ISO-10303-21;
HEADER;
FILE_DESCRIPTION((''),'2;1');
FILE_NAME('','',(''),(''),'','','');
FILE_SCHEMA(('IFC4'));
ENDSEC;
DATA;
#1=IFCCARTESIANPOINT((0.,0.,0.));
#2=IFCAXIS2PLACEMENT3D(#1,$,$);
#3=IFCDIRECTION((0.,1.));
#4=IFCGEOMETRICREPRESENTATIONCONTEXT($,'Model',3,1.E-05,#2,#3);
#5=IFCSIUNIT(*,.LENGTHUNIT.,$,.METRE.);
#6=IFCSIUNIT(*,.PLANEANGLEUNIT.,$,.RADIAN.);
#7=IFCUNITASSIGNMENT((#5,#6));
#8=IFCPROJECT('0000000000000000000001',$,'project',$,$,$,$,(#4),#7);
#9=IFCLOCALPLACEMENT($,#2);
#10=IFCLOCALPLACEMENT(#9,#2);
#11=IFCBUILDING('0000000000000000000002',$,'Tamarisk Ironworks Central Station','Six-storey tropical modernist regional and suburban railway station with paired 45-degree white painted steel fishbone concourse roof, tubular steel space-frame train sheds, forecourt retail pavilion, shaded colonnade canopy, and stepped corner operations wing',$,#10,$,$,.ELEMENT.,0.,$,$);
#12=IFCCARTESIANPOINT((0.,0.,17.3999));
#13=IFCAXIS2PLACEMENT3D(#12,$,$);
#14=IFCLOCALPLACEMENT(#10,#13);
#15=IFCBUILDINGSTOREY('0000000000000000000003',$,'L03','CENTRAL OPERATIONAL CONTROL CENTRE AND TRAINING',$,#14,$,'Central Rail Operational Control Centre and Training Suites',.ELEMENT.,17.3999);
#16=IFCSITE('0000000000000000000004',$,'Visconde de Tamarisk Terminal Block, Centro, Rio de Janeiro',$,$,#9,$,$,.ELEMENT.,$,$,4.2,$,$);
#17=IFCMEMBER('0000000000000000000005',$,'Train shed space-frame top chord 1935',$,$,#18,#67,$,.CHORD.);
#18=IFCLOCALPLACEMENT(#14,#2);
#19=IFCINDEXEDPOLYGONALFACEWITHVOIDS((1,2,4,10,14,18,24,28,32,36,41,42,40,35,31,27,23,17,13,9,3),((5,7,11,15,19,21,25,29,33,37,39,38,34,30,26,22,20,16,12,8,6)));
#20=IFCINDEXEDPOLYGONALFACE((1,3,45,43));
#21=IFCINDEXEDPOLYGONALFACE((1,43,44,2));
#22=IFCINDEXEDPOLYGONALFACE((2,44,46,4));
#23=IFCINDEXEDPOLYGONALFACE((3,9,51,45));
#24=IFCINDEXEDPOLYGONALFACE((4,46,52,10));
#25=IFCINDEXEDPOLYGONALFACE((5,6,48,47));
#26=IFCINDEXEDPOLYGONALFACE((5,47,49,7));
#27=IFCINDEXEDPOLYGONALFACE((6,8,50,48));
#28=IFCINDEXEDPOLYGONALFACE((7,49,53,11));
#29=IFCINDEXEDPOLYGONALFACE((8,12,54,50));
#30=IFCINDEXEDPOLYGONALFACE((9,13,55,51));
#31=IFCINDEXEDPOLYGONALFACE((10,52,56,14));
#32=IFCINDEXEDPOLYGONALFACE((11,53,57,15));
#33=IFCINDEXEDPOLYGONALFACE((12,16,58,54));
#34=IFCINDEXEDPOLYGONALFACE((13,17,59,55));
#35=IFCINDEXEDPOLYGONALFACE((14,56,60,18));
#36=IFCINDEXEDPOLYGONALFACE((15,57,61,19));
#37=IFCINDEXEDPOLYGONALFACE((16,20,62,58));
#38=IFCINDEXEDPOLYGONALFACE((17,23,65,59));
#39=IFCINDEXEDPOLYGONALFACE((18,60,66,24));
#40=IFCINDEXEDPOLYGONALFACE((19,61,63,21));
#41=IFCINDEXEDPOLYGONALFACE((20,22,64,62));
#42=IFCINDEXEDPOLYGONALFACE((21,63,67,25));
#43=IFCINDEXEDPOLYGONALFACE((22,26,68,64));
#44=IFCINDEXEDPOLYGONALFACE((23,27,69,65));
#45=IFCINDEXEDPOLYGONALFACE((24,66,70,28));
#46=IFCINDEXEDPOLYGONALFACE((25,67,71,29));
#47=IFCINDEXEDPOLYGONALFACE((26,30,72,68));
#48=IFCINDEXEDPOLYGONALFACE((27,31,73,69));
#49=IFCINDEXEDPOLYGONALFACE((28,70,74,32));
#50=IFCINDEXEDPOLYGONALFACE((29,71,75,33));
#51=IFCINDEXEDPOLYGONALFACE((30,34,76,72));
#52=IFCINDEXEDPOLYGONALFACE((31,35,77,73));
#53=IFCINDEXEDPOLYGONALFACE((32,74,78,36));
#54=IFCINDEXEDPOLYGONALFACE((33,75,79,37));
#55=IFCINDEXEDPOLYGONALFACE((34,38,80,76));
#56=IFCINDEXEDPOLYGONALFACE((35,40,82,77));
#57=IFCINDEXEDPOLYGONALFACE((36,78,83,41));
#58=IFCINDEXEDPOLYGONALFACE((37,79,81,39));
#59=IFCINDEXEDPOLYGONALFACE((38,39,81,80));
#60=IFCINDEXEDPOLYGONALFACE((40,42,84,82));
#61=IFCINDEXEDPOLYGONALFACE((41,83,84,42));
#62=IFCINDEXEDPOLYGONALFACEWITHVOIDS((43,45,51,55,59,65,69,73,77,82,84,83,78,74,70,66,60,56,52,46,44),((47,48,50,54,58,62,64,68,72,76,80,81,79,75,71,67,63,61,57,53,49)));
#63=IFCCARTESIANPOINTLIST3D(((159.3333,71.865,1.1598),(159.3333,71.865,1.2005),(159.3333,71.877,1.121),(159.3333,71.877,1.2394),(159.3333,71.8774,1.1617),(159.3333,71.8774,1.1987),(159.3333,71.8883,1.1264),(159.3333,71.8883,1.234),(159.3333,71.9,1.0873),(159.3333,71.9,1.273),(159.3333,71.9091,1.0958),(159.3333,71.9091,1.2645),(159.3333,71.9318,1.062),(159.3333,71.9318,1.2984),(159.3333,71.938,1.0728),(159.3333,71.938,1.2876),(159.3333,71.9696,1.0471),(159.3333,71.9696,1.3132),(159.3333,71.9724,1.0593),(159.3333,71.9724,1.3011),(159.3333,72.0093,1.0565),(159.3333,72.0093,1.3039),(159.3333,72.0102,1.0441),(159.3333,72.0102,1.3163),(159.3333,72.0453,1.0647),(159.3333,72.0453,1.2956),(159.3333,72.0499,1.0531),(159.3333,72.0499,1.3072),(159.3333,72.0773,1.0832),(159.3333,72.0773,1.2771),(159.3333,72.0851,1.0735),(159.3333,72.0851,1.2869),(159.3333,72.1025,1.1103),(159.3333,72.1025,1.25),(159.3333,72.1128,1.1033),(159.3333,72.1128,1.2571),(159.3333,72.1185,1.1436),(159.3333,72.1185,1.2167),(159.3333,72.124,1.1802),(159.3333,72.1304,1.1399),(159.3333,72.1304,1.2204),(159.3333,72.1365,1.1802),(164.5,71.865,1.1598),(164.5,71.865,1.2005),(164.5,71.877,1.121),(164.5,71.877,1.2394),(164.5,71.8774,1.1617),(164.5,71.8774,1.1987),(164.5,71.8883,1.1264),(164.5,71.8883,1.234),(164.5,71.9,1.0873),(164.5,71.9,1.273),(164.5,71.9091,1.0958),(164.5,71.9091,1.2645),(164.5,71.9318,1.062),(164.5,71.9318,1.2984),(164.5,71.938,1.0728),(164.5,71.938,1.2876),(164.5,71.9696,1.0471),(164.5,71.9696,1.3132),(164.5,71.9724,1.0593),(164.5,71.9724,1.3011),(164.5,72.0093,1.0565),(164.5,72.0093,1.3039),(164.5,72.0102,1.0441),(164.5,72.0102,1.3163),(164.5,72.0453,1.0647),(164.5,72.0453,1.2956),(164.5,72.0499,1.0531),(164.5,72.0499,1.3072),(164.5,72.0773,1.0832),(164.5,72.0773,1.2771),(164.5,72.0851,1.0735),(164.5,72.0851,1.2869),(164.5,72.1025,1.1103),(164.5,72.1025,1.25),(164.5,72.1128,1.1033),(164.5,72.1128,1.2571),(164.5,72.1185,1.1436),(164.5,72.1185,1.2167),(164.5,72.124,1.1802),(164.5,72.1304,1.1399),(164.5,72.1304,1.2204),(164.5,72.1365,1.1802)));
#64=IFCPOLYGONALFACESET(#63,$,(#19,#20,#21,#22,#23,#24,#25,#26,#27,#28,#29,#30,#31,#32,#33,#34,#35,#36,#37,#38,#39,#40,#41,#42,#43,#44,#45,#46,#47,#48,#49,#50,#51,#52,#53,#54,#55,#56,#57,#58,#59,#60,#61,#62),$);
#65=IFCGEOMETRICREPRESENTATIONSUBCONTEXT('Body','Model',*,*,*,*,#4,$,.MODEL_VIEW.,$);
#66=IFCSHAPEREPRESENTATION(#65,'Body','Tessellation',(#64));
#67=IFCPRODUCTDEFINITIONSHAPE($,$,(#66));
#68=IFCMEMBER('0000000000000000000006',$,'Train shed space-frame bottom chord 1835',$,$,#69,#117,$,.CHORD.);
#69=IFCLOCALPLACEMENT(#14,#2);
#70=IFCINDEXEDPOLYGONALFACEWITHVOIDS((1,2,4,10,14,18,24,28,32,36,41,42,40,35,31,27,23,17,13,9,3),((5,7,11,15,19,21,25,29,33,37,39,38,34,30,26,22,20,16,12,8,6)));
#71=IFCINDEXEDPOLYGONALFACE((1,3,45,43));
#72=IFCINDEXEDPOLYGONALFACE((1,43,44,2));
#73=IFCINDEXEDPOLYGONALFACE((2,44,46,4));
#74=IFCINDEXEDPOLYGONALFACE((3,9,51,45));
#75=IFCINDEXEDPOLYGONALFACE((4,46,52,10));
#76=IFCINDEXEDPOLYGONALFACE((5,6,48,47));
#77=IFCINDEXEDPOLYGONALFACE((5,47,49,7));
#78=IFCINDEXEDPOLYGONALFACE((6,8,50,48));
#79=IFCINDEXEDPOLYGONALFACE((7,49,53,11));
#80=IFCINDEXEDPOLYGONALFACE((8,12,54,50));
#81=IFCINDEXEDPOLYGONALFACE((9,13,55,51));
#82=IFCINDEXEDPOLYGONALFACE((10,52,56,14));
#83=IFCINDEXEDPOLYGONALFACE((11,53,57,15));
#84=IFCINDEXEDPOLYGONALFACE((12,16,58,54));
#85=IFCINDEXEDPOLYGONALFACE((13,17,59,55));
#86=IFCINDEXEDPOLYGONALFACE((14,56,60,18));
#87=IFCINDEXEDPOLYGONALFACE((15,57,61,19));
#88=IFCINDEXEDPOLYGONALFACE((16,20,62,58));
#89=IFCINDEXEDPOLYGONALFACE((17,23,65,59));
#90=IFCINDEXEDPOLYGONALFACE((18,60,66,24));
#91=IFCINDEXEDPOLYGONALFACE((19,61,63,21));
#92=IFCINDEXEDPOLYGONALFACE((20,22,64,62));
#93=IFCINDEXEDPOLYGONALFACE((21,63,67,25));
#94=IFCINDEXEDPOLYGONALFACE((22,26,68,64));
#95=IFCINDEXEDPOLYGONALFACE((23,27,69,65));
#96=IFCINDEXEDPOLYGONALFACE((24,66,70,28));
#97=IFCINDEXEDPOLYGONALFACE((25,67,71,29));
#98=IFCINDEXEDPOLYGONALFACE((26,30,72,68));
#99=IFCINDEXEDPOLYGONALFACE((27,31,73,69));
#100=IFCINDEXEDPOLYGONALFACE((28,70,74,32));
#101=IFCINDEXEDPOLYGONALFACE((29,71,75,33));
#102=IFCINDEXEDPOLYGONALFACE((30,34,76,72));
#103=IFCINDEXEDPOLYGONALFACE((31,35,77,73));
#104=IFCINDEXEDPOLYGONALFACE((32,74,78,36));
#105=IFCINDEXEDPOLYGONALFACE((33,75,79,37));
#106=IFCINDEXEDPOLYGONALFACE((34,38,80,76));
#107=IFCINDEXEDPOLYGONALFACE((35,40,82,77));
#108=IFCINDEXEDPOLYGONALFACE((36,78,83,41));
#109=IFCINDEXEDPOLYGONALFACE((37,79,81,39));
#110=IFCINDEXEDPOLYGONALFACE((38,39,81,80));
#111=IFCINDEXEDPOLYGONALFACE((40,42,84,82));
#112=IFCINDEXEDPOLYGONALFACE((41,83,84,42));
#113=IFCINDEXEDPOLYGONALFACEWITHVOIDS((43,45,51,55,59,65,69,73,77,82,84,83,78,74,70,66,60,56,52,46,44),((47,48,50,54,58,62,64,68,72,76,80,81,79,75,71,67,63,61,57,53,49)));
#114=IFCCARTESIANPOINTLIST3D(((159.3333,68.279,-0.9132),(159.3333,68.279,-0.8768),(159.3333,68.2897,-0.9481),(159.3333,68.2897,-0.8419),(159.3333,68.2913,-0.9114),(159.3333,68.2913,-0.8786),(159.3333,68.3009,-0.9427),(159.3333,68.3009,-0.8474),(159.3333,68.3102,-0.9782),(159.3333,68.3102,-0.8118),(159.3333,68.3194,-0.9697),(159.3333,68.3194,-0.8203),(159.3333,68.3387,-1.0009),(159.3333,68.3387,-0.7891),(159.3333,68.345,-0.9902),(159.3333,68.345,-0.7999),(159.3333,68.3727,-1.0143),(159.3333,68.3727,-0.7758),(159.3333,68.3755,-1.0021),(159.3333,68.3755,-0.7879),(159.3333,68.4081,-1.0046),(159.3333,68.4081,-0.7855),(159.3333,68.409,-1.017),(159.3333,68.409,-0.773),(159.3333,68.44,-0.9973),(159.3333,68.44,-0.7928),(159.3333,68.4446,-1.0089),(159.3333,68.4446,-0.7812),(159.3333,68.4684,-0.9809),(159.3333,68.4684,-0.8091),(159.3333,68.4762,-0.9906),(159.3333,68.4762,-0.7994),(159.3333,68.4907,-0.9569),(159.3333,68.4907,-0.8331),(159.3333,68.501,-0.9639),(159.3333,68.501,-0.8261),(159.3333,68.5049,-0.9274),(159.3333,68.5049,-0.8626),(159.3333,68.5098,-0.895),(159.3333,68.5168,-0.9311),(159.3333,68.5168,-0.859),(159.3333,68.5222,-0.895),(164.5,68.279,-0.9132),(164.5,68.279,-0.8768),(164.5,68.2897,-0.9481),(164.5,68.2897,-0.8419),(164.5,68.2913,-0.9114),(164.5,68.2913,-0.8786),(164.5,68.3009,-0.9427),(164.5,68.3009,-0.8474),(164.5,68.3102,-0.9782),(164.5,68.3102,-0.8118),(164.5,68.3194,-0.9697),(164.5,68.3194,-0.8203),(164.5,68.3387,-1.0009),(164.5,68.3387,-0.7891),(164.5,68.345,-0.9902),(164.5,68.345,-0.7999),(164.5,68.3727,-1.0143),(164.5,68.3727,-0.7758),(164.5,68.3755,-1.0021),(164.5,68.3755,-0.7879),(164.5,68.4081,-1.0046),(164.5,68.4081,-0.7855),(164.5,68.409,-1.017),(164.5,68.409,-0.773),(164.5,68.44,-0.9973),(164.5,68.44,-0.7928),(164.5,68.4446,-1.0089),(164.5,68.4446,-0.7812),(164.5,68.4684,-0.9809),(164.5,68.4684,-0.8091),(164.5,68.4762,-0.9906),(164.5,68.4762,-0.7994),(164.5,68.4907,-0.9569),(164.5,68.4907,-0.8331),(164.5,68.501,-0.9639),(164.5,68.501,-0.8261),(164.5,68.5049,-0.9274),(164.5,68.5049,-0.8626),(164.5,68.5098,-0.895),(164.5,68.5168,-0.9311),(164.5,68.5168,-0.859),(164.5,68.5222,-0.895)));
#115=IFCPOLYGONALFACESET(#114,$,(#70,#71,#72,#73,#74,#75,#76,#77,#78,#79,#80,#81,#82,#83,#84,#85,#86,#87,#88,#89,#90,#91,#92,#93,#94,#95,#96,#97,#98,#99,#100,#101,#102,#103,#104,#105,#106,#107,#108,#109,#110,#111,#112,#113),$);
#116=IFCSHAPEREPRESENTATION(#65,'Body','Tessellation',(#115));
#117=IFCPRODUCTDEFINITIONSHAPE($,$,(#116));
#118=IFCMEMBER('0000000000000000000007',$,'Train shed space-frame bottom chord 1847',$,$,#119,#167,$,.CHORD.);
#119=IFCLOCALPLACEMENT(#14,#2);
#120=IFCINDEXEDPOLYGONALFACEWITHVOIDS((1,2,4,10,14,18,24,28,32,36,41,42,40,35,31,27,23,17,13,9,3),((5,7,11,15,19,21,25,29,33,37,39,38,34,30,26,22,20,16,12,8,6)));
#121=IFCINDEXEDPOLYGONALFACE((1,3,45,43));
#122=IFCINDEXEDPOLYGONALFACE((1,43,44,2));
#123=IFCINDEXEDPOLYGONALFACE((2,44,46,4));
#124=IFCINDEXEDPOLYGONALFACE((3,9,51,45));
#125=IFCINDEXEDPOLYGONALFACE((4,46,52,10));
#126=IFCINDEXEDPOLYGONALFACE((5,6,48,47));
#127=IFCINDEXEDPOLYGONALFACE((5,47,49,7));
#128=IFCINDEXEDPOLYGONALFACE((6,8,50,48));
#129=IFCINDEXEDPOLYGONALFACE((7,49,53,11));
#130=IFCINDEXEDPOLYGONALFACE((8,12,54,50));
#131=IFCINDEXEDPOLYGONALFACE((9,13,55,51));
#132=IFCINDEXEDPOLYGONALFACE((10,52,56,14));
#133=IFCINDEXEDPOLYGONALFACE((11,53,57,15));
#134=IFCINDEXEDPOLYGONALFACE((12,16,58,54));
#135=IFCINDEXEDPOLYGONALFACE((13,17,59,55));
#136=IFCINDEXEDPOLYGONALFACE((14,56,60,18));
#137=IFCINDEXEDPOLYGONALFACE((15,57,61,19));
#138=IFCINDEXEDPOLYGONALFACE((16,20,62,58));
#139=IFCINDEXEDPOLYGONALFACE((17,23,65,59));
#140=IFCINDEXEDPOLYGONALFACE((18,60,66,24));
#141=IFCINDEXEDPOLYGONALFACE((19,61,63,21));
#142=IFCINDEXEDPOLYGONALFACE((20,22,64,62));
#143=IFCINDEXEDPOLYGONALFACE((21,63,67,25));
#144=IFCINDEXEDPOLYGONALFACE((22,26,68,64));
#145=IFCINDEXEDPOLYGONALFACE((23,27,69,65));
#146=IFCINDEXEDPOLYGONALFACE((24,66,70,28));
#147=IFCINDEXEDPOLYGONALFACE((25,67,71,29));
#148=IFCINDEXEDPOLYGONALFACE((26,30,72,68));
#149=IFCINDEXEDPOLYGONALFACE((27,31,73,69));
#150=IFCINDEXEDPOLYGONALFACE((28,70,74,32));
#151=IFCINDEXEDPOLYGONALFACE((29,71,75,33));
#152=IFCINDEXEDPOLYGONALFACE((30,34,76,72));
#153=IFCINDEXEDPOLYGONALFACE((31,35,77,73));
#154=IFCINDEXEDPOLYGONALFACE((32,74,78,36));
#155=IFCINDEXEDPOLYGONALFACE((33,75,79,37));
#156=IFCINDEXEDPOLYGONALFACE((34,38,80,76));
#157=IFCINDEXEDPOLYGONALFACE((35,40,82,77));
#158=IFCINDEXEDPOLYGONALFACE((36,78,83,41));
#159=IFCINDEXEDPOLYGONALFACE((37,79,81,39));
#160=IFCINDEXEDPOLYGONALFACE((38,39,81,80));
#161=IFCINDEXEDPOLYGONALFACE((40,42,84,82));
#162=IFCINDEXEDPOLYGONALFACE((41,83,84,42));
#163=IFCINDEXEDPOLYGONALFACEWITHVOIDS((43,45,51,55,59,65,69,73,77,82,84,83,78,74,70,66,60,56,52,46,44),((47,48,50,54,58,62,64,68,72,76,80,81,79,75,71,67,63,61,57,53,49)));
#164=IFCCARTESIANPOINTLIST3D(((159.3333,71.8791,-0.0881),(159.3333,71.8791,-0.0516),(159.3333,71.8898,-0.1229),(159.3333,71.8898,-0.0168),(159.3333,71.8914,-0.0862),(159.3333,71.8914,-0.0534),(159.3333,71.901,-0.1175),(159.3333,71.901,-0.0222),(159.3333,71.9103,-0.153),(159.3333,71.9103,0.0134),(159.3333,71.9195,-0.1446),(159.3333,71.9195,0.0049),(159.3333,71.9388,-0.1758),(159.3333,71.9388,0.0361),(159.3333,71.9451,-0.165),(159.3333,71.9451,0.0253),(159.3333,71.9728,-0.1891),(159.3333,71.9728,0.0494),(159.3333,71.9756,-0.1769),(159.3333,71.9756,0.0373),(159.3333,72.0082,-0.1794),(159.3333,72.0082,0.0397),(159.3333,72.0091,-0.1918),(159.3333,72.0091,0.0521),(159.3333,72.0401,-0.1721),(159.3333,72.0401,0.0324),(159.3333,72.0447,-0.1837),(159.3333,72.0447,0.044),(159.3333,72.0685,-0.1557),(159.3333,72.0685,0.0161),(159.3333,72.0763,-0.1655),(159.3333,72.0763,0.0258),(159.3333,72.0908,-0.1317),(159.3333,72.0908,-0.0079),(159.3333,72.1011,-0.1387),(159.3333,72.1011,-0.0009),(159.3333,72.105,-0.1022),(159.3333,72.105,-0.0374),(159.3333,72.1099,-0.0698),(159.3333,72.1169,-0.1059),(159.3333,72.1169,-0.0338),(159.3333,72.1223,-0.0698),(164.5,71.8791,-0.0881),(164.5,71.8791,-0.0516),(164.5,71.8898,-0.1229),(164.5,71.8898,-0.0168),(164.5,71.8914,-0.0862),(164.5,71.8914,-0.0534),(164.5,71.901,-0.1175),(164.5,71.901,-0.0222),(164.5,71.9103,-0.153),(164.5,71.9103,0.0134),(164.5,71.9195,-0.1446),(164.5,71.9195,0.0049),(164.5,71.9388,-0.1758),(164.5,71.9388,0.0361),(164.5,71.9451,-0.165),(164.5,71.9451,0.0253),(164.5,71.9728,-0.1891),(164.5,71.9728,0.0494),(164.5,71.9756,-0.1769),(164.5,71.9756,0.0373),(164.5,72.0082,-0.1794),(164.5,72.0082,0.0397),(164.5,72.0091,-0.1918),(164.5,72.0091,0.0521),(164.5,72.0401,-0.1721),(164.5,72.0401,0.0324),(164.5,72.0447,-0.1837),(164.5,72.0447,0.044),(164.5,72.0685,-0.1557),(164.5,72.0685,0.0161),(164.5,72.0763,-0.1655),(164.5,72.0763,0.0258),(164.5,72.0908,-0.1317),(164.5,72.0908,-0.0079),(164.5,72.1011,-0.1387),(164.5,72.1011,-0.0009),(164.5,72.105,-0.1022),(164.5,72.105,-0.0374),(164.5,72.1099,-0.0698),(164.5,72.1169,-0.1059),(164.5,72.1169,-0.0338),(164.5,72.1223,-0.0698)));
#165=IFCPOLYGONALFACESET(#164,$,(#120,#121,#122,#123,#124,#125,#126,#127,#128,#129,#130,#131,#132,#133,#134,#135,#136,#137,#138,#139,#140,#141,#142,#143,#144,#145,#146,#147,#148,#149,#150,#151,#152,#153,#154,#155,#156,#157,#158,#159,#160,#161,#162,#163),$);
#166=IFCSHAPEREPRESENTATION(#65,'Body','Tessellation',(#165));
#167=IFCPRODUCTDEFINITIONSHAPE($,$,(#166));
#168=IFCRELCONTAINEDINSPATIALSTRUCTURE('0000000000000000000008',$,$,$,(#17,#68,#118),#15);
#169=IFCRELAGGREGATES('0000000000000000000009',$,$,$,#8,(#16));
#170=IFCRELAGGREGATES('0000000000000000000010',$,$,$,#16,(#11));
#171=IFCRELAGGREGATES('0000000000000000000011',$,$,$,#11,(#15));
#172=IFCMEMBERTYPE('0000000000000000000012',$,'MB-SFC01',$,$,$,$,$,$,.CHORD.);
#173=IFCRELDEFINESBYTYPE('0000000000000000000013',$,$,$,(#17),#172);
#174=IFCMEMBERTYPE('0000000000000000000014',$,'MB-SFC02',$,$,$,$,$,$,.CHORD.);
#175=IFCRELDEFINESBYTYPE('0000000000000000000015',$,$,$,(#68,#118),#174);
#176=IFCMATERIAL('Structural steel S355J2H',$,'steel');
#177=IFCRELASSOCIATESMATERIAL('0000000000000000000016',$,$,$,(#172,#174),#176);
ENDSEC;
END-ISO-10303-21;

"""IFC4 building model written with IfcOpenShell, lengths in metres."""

from ifc_helpers import new_model, si_unit, direction, frame, origin, origin_2d, place, context, subcontext, project, spatial, hollow_circle, extrude, material, material_profile, profile_set, type_object, element, save


model = new_model("IFC4")

# Units and contexts
model_context = context("Model", 3, precision=1e-05, world=origin(), true_north=direction((0.0, 1.0)))
body_context = subcontext(model_context, "Body", "Model", "MODEL_VIEW")
ifc_project = project(units=[si_unit("LENGTHUNIT", "METRE"), si_unit("PLANEANGLEUNIT", "RADIAN")], contexts=[model_context])

# Site, building, storey
site_placement = place(None, origin())
site = spatial("IfcSite", under=ifc_project, at=site_placement, Name="Visconde de Tamarisk Terminal Block, Centro, Rio de Janeiro", CompositionType="ELEMENT", RefElevation=4.2)
building_placement = place(site_placement, origin())
building = spatial("IfcBuilding", under=site, at=building_placement, Name="Tamarisk Ironworks Central Station", Description="Six-storey tropical modernist regional and suburban railway station with paired 45-degree white painted steel fishbone concourse roof, tubular steel space-frame train sheds, forecourt retail pavilion, shaded colonnade canopy, and stepped corner operations wing", CompositionType="ELEMENT", ElevationOfRefHeight=0.0)
storey_placement = place(building_placement, frame((0.0, 0.0, 17.3999)))
storey = spatial("IfcBuildingStorey", under=building, at=storey_placement, Name="L03", Description="CENTRAL OPERATIONAL CONTROL CENTRE AND TRAINING", LongName="Central Rail Operational Control Centre and Training Suites", CompositionType="ELEMENT", Elevation=17.3999)

# Members
ifc_material = material(Name="Structural steel S355J2H", Category="steel")
ifc_material_profile_1 = material_profile(ifc_material, hollow_circle(Radius=0.1365, WallThickness=0.0125, at=origin_2d()), Name="CHS 273x12.5")
ifc_profile_set_1 = profile_set([ifc_material_profile_1], Name="Structural steel S355J2H")
member_type_1 = type_object("IfcMemberType", Name="MB-SFC01", PredefinedType="CHORD", material=ifc_profile_set_1)
member_1_placement = place(storey_placement, frame((159.3333, 72.0, 1.1802), z_axis=(1.0, 0.0, 0.0), x_axis=(0.0, 1.0, 0.0)))
element("IfcMember", 1, at=member_1_placement, inside=storey, type_object=member_type_1, Name="Train shed space-frame top chord 1935", PredefinedType="CHORD", context=body_context, shape_type="SweptSolid", body=[
    extrude(hollow_circle(Radius=0.1365, WallThickness=0.0125, at=origin_2d()), origin(), (0.0, 0.0, 1.0), 5.1667),
])
ifc_material_profile_2 = material_profile(ifc_material, hollow_circle(Radius=0.1223, WallThickness=0.0125, at=origin_2d()), Name="CHS 244.5x12.5")
ifc_profile_set_2 = profile_set([ifc_material_profile_2], Name="Structural steel S355J2H")
member_type_2 = type_object("IfcMemberType", Name="MB-SFC02", PredefinedType="CHORD", material=ifc_profile_set_2)
for number, where, z_axis, x_axis, name in (
    (2, (159.3333, 68.3999, -0.895), (1.0, 0.0, 0.0), (0.0, 1.0, 0.0), "Train shed space-frame bottom chord 1835"),
    (3, (159.3333, 72.0, -0.0698), (1.0, 0.0, 0.0), (0.0, 1.0, 0.0), "Train shed space-frame bottom chord 1847"),
):
    element("IfcMember", number, at=place(storey_placement, frame(where, z_axis=z_axis, x_axis=x_axis)), inside=storey, type_object=member_type_2, Name=name, PredefinedType="CHORD", context=body_context, shape_type="SweptSolid", body=[
        extrude(hollow_circle(Radius=0.1223, WallThickness=0.0125, at=origin_2d()), origin(), (0.0, 0.0, 1.0), 5.1667),
    ])

save(model, "model.ifc")
